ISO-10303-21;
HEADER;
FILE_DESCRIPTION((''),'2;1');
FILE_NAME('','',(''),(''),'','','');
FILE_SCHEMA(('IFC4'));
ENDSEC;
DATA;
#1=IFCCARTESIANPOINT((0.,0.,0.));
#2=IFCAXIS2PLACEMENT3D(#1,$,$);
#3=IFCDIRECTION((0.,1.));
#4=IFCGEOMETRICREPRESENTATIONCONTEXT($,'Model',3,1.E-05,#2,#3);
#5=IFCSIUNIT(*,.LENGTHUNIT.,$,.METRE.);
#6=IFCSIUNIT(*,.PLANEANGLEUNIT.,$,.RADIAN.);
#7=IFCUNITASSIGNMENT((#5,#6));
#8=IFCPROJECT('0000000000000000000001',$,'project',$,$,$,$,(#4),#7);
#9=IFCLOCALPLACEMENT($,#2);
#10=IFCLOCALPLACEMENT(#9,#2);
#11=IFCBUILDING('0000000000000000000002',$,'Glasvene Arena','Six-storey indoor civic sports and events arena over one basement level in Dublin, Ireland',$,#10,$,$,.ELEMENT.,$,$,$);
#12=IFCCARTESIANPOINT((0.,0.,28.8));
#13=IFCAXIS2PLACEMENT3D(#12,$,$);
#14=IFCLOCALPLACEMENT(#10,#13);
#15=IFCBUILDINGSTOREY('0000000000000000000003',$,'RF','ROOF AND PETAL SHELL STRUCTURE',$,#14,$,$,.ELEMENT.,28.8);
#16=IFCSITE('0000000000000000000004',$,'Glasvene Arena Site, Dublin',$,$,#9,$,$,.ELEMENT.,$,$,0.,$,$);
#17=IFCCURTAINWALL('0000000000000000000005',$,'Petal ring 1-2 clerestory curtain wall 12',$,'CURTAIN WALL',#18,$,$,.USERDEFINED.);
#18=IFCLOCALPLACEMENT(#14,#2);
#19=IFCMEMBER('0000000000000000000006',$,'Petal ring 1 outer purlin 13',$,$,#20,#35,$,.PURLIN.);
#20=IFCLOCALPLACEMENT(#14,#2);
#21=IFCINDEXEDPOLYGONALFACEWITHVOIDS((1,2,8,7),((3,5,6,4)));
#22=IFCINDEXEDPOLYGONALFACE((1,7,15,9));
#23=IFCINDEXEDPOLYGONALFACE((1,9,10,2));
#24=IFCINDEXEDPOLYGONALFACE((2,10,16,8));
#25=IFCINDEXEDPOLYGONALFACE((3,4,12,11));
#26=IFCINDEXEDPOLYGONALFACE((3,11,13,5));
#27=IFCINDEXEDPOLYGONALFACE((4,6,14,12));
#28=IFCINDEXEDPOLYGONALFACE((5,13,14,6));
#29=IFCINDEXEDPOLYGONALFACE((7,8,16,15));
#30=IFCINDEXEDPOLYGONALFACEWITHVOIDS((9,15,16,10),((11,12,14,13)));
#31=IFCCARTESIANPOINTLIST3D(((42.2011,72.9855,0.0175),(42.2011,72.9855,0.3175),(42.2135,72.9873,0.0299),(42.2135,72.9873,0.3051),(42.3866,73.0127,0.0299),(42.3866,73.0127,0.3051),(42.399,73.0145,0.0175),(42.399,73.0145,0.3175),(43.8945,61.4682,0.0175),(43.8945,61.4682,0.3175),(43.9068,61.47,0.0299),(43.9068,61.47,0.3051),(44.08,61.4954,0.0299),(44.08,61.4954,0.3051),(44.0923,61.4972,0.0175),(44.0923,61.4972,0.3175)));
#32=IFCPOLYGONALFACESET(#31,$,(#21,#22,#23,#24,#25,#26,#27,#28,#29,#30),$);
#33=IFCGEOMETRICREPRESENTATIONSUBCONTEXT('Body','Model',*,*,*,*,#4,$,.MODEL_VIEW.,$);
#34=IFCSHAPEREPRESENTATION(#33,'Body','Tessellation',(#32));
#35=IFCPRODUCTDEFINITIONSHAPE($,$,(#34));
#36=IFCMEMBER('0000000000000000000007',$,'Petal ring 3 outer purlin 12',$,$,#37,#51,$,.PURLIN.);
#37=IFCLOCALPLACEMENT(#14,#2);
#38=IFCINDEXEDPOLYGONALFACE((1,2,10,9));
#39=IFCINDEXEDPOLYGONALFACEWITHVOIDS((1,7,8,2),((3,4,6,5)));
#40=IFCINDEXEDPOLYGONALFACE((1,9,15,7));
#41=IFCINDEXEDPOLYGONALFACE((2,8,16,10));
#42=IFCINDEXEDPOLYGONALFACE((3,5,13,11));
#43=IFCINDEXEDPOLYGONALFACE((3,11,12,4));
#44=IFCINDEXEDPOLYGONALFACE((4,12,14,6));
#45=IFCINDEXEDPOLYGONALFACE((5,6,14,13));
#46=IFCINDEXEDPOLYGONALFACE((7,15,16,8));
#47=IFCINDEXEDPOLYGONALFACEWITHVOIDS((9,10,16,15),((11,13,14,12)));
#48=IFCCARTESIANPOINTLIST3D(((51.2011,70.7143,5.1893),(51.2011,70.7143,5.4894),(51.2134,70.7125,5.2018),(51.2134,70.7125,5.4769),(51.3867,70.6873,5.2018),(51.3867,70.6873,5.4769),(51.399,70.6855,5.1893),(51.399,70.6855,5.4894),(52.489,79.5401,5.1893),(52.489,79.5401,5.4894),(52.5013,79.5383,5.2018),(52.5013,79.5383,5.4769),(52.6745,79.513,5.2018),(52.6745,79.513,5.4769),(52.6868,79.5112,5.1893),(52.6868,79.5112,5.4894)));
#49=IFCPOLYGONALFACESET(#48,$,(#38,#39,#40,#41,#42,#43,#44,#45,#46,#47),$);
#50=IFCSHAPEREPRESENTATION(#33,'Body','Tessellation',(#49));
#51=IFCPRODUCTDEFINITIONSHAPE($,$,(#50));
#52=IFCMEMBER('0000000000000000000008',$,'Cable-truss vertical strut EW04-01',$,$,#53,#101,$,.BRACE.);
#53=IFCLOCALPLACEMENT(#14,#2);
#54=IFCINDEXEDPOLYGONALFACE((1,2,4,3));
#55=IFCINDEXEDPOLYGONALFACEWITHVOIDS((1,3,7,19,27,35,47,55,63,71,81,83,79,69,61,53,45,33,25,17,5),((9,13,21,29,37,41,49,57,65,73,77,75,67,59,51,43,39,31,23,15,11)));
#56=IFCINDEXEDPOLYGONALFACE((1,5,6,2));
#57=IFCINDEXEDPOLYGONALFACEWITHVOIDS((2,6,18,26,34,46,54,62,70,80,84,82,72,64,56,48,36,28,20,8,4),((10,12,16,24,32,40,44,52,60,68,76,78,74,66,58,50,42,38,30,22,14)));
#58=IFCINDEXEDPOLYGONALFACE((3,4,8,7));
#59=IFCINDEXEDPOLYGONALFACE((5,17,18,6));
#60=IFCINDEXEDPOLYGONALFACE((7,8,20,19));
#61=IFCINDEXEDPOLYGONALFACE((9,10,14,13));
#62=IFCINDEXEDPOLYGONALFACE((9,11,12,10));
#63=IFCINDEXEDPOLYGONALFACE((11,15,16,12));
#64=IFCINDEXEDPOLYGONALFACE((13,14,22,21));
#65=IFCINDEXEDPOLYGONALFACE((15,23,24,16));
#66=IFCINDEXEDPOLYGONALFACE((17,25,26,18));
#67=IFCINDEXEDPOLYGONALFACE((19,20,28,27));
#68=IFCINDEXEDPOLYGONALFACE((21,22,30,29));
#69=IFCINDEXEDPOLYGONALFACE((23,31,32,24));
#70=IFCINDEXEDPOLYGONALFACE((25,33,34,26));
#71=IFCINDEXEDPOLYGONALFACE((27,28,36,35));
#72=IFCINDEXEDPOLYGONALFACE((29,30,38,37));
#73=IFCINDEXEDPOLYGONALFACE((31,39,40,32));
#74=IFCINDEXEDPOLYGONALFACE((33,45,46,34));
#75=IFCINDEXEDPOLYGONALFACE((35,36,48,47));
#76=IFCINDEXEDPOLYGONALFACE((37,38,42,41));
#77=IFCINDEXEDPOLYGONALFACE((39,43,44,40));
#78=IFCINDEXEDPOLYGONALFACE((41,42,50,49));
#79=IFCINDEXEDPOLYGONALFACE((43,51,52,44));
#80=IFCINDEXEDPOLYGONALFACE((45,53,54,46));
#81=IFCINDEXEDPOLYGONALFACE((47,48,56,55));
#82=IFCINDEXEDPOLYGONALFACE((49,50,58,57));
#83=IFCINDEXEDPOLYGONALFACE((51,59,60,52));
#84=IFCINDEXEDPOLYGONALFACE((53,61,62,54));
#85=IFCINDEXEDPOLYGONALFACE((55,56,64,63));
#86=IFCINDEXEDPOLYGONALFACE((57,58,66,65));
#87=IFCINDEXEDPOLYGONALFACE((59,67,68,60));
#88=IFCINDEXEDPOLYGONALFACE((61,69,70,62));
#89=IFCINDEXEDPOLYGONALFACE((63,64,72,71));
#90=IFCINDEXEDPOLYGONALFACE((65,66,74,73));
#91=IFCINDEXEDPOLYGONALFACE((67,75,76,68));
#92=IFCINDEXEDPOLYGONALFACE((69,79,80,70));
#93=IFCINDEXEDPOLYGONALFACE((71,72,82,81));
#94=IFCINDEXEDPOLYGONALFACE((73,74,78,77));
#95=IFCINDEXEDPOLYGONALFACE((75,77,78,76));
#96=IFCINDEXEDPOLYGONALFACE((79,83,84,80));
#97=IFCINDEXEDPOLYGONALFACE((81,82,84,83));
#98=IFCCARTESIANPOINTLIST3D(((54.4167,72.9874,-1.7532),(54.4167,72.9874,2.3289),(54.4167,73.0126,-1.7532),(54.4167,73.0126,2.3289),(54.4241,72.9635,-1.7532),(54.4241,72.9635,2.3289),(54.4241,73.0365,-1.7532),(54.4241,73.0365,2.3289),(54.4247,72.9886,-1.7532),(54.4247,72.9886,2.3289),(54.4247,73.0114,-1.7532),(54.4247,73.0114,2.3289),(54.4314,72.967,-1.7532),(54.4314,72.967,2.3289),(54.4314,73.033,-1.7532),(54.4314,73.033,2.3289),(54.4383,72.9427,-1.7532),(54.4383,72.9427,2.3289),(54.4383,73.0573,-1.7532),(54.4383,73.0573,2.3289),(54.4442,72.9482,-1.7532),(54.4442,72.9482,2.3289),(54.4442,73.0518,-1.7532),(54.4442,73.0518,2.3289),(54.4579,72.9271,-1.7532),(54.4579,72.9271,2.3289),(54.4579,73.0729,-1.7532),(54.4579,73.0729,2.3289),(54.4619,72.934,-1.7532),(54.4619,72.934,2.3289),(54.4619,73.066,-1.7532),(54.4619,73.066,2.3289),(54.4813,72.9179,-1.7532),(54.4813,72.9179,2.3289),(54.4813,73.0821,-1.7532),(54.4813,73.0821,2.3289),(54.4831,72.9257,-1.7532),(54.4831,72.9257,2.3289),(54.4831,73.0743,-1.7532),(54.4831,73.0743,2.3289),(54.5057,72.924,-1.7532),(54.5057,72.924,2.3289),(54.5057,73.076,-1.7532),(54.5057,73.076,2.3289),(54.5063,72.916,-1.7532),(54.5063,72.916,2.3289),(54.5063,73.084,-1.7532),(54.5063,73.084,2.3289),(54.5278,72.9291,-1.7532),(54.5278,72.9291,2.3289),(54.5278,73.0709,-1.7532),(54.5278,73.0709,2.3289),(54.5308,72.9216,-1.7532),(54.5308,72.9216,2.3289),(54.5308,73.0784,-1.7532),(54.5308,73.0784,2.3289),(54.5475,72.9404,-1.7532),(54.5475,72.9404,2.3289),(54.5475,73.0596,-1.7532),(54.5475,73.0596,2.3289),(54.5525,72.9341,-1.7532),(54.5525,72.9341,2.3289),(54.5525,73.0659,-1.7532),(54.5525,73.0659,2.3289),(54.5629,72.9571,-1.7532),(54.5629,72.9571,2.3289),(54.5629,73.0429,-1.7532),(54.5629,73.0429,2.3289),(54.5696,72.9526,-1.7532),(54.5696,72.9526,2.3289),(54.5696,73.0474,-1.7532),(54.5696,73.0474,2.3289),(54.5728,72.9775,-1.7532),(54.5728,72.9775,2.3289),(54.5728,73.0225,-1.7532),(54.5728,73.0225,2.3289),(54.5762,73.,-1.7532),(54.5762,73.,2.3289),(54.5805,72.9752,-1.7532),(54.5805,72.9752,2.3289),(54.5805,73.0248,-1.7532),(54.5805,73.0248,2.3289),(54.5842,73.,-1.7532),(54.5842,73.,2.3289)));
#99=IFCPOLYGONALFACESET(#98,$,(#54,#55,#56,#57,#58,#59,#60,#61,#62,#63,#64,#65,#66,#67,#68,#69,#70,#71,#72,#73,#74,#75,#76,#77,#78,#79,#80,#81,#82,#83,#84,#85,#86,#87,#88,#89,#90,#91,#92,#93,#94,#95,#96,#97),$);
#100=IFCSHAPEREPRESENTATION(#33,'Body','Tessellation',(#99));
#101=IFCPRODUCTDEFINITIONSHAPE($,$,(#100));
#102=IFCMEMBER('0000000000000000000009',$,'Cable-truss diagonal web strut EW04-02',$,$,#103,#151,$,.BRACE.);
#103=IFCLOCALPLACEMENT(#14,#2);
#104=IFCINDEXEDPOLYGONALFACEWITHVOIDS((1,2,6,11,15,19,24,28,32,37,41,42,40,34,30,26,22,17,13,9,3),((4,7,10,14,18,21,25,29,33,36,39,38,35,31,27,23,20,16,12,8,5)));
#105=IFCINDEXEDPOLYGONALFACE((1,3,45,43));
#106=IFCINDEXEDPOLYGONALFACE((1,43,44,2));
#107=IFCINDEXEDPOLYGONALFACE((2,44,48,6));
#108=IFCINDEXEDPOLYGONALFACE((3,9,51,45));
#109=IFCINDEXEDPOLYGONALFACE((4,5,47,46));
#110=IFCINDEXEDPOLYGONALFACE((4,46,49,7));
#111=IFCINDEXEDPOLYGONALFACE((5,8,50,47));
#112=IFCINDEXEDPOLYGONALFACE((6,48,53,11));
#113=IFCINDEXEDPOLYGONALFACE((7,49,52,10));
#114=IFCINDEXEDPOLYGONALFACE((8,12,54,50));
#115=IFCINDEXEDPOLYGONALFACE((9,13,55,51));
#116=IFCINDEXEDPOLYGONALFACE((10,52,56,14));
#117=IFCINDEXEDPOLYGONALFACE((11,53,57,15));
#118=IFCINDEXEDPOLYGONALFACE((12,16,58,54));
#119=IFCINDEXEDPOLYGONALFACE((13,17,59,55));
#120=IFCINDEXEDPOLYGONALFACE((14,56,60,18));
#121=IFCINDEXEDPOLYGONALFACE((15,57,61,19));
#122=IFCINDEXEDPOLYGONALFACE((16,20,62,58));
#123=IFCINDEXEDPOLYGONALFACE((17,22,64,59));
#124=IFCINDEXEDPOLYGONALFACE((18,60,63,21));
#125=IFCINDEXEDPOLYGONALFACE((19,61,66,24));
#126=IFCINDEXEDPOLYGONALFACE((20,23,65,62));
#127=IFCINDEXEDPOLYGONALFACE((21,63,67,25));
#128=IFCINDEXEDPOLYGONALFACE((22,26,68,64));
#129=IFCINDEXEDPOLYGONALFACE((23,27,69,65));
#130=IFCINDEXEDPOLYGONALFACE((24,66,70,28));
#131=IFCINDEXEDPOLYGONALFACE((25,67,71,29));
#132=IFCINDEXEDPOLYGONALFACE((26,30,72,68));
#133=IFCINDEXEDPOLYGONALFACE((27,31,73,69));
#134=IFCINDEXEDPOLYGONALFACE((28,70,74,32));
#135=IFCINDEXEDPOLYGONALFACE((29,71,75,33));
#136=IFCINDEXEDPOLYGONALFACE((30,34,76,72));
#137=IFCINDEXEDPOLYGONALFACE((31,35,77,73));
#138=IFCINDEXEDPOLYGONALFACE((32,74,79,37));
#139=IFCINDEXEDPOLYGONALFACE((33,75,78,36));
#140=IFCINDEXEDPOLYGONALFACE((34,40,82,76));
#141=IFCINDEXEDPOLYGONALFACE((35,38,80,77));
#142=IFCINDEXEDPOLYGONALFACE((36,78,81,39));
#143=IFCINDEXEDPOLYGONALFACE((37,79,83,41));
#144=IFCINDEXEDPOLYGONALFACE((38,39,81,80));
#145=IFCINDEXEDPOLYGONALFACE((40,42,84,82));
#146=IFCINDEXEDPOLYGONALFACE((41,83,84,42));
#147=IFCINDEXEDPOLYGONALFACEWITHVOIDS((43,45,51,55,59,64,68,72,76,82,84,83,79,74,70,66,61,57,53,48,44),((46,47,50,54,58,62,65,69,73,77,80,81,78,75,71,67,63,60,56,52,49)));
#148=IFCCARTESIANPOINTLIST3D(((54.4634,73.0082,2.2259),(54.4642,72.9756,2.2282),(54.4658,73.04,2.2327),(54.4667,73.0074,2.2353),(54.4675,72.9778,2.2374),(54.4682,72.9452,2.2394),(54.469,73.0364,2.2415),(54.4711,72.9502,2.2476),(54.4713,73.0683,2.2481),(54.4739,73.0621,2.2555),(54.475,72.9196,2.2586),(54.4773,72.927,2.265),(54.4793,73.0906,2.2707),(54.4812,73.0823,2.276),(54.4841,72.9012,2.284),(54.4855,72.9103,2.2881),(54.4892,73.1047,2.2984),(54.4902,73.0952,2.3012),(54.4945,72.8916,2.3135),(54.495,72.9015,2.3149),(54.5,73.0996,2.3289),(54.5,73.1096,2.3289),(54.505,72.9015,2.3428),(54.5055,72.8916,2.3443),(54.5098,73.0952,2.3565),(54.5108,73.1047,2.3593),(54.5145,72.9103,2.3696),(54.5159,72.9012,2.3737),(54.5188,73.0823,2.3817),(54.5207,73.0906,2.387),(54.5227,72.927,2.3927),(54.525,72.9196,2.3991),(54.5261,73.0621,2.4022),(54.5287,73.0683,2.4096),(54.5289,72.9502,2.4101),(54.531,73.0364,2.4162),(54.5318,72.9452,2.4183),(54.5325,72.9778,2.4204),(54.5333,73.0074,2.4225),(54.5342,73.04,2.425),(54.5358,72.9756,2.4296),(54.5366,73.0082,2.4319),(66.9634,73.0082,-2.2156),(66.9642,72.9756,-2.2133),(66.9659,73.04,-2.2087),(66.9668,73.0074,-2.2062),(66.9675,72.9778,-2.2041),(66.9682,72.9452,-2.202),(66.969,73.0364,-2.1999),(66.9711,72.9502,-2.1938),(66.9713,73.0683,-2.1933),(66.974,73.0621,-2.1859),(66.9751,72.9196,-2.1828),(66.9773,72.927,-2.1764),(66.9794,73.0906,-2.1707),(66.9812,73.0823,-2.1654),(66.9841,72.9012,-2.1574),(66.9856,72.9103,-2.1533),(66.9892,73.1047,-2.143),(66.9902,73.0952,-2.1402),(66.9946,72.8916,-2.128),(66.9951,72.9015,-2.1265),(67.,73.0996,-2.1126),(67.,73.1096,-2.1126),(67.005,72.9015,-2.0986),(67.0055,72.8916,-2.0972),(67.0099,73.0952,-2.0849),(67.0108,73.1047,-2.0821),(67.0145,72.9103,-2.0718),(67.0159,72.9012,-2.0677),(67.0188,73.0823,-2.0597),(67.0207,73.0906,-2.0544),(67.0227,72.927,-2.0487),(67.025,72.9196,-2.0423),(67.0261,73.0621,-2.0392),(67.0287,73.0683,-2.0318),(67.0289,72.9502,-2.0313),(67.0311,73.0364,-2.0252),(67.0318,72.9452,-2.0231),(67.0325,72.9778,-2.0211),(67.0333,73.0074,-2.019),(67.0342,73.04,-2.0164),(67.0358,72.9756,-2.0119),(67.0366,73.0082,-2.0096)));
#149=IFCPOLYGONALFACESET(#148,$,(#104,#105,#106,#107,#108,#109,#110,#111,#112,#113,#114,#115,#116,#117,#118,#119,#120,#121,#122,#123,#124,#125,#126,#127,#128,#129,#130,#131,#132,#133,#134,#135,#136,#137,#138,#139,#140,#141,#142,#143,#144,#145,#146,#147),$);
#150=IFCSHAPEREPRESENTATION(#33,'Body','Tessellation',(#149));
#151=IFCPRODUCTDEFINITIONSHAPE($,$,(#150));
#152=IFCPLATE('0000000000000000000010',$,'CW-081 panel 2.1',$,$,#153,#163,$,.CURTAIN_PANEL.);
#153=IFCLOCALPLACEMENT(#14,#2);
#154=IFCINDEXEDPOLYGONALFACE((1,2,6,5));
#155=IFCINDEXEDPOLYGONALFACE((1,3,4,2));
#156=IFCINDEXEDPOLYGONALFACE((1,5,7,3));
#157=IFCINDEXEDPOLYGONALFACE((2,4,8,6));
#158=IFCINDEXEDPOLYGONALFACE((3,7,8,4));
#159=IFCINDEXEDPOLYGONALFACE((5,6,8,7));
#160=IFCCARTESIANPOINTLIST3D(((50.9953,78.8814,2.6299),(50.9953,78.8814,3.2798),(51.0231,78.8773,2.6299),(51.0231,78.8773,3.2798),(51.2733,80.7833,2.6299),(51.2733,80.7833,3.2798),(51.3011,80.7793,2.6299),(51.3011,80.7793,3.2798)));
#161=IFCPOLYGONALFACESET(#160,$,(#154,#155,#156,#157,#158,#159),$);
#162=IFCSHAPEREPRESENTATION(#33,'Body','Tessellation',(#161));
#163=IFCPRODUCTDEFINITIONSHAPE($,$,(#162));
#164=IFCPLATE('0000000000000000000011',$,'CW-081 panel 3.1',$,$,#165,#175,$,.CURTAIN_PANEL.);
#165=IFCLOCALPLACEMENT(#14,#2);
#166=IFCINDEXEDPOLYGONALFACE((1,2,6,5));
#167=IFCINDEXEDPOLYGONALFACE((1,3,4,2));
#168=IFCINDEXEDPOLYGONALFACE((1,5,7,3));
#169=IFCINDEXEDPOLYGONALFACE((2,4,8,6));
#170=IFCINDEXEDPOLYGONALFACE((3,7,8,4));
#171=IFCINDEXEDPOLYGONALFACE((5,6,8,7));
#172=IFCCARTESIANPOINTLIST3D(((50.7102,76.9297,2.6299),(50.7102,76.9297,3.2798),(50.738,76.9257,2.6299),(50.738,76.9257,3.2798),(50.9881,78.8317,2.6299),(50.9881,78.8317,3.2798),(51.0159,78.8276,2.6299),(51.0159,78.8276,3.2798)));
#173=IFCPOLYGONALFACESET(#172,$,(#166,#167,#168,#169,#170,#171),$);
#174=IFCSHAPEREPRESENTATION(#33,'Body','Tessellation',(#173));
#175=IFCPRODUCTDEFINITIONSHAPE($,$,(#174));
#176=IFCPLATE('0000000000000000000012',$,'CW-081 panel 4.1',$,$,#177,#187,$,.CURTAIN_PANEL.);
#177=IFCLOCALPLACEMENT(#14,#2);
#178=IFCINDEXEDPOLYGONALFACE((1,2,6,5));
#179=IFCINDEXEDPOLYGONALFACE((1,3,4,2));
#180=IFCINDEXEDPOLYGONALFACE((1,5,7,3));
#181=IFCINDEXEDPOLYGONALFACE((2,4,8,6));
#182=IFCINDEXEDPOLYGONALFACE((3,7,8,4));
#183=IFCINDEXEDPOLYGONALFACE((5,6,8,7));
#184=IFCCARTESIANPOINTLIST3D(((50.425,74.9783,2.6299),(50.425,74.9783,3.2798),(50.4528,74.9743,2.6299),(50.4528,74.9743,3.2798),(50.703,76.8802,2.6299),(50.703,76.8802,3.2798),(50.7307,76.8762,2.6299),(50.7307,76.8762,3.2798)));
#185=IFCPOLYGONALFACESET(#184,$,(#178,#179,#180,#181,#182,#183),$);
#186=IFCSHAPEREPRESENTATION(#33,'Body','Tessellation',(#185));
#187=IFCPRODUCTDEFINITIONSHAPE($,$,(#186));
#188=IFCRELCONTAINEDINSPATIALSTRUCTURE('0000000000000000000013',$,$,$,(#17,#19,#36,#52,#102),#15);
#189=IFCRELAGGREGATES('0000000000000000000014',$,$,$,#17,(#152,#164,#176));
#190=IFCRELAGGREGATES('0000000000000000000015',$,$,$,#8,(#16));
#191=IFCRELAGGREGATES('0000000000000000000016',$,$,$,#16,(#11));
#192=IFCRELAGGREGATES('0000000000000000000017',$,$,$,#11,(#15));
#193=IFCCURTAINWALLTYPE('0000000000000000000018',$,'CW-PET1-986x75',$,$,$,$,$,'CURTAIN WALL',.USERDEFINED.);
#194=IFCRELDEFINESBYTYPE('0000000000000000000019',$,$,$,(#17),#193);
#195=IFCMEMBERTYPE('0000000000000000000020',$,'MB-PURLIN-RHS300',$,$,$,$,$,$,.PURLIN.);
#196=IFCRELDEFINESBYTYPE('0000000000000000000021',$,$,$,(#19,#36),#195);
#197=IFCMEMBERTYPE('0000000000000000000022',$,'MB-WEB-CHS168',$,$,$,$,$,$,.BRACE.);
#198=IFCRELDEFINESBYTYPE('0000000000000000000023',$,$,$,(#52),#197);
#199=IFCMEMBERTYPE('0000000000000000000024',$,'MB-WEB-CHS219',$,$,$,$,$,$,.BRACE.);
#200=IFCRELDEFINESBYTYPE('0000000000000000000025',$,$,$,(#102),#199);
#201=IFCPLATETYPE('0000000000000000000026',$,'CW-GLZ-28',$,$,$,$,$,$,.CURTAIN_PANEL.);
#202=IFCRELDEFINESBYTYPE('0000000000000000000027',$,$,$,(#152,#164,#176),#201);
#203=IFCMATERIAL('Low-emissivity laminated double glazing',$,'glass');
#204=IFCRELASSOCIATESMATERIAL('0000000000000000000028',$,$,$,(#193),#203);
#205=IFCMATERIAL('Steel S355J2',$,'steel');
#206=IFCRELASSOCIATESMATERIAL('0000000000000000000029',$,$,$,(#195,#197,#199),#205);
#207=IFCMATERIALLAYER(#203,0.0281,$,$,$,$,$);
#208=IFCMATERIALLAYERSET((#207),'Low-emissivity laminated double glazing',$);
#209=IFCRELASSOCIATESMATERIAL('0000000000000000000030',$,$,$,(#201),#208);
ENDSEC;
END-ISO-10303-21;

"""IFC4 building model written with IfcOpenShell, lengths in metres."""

from ifc_helpers import new_model, si_unit, direction, frame, origin, origin_2d, place, context, subcontext, project, spatial, rectangle, hollow_rectangle, hollow_circle, extrude, material, layer, layer_set, material_profile, profile_set, type_object, element, aggregate, save


model = new_model("IFC4")

# Units and contexts
model_context = context("Model", 3, precision=1e-05, world=origin(), true_north=direction((0.0, 1.0)))
body_context = subcontext(model_context, "Body", "Model", "MODEL_VIEW")
ifc_project = project(units=[si_unit("LENGTHUNIT", "METRE"), si_unit("PLANEANGLEUNIT", "RADIAN")], contexts=[model_context])

# Site, building, storey
site_placement = place(None, origin())
site = spatial("IfcSite", under=ifc_project, at=site_placement, Name="Glasvene Arena Site, Dublin", CompositionType="ELEMENT", RefElevation=0.0)
building_placement = place(site_placement, origin())
building = spatial("IfcBuilding", under=site, at=building_placement, Name="Glasvene Arena", Description="Six-storey indoor civic sports and events arena over one basement level in Dublin, Ireland", CompositionType="ELEMENT")
storey_placement = place(building_placement, frame((0.0, 0.0, 28.8)))
storey = spatial("IfcBuildingStorey", under=building, at=storey_placement, Name="RF", Description="ROOF AND PETAL SHELL STRUCTURE", CompositionType="ELEMENT", Elevation=28.8)

# Shared definitions
ifc_material_1 = material(Name="Steel S355J2", Category="steel")

# Curtain wall
ifc_material_2 = material(Name="Low-emissivity laminated double glazing", Category="glass")
curtain_wall_type = type_object("IfcCurtainWallType", Name="CW-PET1-986x75", ElementType="CURTAIN WALL", PredefinedType="USERDEFINED", material=ifc_material_2)
curtain_wall_1_placement = place(storey_placement, frame((51.5759, 82.7576, 0.0)))
curtain_wall_1 = element("IfcCurtainWall", 1, at=curtain_wall_1_placement, inside=storey, type_object=curtain_wall_type, Name="Petal ring 1-2 clerestory curtain wall 12", ObjectType="CURTAIN WALL", PredefinedType="USERDEFINED")

# Members
ifc_material_profile_1 = material_profile(ifc_material_1, hollow_rectangle(XDim=0.2, YDim=0.3, WallThickness=0.0125, at=origin_2d()), Name="RHS 300x200x12.5")
ifc_profile_set_1 = profile_set([ifc_material_profile_1], Name="Steel S355J2")
member_type_1 = type_object("IfcMemberType", Name="MB-PURLIN-RHS300", PredefinedType="PURLIN", material=ifc_profile_set_1)
member_1_placement = place(storey_placement, frame((42.3, 73.0, 0.1675), z_axis=(0.145463, -0.989364, 0.0), x_axis=(0.989364, 0.145463, 0.0)))
element("IfcMember", 2, at=member_1_placement, inside=storey, type_object=member_type_1, Name="Petal ring 1 outer purlin 13", PredefinedType="PURLIN", context=body_context, shape_type="SweptSolid", body=[
    extrude(hollow_rectangle(XDim=0.2, YDim=0.3, WallThickness=0.0125, at=origin_2d()), origin(), (0.0, 0.0, 1.0), 11.6411),
])
member_2_placement = place(storey_placement, frame((52.5879, 79.5256, 5.3394), z_axis=(-0.144391, -0.989521, 0.0), x_axis=(0.989521, -0.144391, 0.0)))
element("IfcMember", 3, at=member_2_placement, inside=storey, type_object=member_type_1, Name="Petal ring 3 outer purlin 12", PredefinedType="PURLIN", context=body_context, shape_type="SweptSolid", body=[
    extrude(hollow_rectangle(XDim=0.2, YDim=0.3, WallThickness=0.0125, at=origin_2d()), origin(), (0.0, 0.0, 1.0), 8.9192),
])
ifc_material_profile_2 = material_profile(ifc_material_1, hollow_circle(Radius=0.0842, WallThickness=0.0081, at=origin_2d()), Name="CHS 168.3x8.0")
ifc_profile_set_2 = profile_set([ifc_material_profile_2], Name="Steel S355J2")
member_type_2 = type_object("IfcMemberType", Name="MB-WEB-CHS168", PredefinedType="BRACE", material=ifc_profile_set_2)
member_3_placement = place(storey_placement, frame((54.5, 73.0, -1.7532), z_axis=(0.0, 0.0, 1.0), x_axis=(1.0, 0.0, 0.0)))
element("IfcMember", 4, at=member_3_placement, inside=storey, type_object=member_type_2, Name="Cable-truss vertical strut EW04-01", PredefinedType="BRACE", context=body_context, shape_type="SweptSolid", body=[
    extrude(hollow_circle(Radius=0.0842, WallThickness=0.0081, at=origin_2d()), origin(), (0.0, 0.0, 1.0), 4.082),
])
ifc_material_profile_3 = material_profile(ifc_material_1, hollow_circle(Radius=0.1096, WallThickness=0.01, at=origin_2d()), Name="CHS 219.1x10.0")
ifc_profile_set_3 = profile_set([ifc_material_profile_3], Name="Steel S355J2")
member_type_3 = type_object("IfcMemberType", Name="MB-WEB-CHS219", PredefinedType="BRACE", material=ifc_profile_set_3)
member_4_placement = place(storey_placement, frame((54.5, 73.0, 2.3289), z_axis=(0.942287, 0.0, -0.334806), x_axis=(0.0, 1.0, 0.0)))
element("IfcMember", 5, at=member_4_placement, inside=storey, type_object=member_type_3, Name="Cable-truss diagonal web strut EW04-02", PredefinedType="BRACE", context=body_context, shape_type="SweptSolid", body=[
    extrude(hollow_circle(Radius=0.1096, WallThickness=0.01, at=origin_2d()), origin(), (0.0, 0.0, 1.0), 13.2656),
])

# Plates
ifc_layer_1 = layer(ifc_material_2, 0.0281)
ifc_layer_set_1 = layer_set([ifc_layer_1], Name="Low-emissivity laminated double glazing")
plate_type_1 = type_object("IfcPlateType", Name="CW-GLZ-28", PredefinedType="CURTAIN_PANEL", material=ifc_layer_set_1)
plate_1_placement = place(storey_placement, frame((51.1482, 79.8303, 2.6299), z_axis=(0.0, 0.0, 1.0), x_axis=(-0.144608, -0.989489, 0.0)))
plate_1 = element("IfcPlate", 6, at=plate_1_placement, type_object=plate_type_1, Name="CW-081 panel 2.1", PredefinedType="CURTAIN_PANEL", context=body_context, shape_type="SweptSolid", body=[
    extrude(rectangle(XDim=1.9221, YDim=0.0281, at=origin_2d()), origin(), (0.0, 0.0, 1.0), 0.6499),
])
plate_2_placement = place(storey_placement, frame((50.863, 77.8787, 2.6299), z_axis=(0.0, 0.0, 1.0), x_axis=(-0.144608, -0.989489, 0.0)))
plate_2 = element("IfcPlate", 7, at=plate_2_placement, type_object=plate_type_1, Name="CW-081 panel 3.1", PredefinedType="CURTAIN_PANEL", context=body_context, shape_type="SweptSolid", body=[
    extrude(rectangle(XDim=1.9221, YDim=0.0281, at=origin_2d()), origin(), (0.0, 0.0, 1.0), 0.6499),
])
plate_3_placement = place(storey_placement, frame((50.5779, 75.9272, 2.6299), z_axis=(0.0, 0.0, 1.0), x_axis=(-0.144608, -0.989489, 0.0)))
plate_3 = element("IfcPlate", 8, at=plate_3_placement, type_object=plate_type_1, Name="CW-081 panel 4.1", PredefinedType="CURTAIN_PANEL", context=body_context, shape_type="SweptSolid", body=[
    extrude(rectangle(XDim=1.9221, YDim=0.0281, at=origin_2d()), origin(), (0.0, 0.0, 1.0), 0.6499),
])
aggregate(curtain_wall_1, [plate_1, plate_2, plate_3])

save(model, "model.ifc")
